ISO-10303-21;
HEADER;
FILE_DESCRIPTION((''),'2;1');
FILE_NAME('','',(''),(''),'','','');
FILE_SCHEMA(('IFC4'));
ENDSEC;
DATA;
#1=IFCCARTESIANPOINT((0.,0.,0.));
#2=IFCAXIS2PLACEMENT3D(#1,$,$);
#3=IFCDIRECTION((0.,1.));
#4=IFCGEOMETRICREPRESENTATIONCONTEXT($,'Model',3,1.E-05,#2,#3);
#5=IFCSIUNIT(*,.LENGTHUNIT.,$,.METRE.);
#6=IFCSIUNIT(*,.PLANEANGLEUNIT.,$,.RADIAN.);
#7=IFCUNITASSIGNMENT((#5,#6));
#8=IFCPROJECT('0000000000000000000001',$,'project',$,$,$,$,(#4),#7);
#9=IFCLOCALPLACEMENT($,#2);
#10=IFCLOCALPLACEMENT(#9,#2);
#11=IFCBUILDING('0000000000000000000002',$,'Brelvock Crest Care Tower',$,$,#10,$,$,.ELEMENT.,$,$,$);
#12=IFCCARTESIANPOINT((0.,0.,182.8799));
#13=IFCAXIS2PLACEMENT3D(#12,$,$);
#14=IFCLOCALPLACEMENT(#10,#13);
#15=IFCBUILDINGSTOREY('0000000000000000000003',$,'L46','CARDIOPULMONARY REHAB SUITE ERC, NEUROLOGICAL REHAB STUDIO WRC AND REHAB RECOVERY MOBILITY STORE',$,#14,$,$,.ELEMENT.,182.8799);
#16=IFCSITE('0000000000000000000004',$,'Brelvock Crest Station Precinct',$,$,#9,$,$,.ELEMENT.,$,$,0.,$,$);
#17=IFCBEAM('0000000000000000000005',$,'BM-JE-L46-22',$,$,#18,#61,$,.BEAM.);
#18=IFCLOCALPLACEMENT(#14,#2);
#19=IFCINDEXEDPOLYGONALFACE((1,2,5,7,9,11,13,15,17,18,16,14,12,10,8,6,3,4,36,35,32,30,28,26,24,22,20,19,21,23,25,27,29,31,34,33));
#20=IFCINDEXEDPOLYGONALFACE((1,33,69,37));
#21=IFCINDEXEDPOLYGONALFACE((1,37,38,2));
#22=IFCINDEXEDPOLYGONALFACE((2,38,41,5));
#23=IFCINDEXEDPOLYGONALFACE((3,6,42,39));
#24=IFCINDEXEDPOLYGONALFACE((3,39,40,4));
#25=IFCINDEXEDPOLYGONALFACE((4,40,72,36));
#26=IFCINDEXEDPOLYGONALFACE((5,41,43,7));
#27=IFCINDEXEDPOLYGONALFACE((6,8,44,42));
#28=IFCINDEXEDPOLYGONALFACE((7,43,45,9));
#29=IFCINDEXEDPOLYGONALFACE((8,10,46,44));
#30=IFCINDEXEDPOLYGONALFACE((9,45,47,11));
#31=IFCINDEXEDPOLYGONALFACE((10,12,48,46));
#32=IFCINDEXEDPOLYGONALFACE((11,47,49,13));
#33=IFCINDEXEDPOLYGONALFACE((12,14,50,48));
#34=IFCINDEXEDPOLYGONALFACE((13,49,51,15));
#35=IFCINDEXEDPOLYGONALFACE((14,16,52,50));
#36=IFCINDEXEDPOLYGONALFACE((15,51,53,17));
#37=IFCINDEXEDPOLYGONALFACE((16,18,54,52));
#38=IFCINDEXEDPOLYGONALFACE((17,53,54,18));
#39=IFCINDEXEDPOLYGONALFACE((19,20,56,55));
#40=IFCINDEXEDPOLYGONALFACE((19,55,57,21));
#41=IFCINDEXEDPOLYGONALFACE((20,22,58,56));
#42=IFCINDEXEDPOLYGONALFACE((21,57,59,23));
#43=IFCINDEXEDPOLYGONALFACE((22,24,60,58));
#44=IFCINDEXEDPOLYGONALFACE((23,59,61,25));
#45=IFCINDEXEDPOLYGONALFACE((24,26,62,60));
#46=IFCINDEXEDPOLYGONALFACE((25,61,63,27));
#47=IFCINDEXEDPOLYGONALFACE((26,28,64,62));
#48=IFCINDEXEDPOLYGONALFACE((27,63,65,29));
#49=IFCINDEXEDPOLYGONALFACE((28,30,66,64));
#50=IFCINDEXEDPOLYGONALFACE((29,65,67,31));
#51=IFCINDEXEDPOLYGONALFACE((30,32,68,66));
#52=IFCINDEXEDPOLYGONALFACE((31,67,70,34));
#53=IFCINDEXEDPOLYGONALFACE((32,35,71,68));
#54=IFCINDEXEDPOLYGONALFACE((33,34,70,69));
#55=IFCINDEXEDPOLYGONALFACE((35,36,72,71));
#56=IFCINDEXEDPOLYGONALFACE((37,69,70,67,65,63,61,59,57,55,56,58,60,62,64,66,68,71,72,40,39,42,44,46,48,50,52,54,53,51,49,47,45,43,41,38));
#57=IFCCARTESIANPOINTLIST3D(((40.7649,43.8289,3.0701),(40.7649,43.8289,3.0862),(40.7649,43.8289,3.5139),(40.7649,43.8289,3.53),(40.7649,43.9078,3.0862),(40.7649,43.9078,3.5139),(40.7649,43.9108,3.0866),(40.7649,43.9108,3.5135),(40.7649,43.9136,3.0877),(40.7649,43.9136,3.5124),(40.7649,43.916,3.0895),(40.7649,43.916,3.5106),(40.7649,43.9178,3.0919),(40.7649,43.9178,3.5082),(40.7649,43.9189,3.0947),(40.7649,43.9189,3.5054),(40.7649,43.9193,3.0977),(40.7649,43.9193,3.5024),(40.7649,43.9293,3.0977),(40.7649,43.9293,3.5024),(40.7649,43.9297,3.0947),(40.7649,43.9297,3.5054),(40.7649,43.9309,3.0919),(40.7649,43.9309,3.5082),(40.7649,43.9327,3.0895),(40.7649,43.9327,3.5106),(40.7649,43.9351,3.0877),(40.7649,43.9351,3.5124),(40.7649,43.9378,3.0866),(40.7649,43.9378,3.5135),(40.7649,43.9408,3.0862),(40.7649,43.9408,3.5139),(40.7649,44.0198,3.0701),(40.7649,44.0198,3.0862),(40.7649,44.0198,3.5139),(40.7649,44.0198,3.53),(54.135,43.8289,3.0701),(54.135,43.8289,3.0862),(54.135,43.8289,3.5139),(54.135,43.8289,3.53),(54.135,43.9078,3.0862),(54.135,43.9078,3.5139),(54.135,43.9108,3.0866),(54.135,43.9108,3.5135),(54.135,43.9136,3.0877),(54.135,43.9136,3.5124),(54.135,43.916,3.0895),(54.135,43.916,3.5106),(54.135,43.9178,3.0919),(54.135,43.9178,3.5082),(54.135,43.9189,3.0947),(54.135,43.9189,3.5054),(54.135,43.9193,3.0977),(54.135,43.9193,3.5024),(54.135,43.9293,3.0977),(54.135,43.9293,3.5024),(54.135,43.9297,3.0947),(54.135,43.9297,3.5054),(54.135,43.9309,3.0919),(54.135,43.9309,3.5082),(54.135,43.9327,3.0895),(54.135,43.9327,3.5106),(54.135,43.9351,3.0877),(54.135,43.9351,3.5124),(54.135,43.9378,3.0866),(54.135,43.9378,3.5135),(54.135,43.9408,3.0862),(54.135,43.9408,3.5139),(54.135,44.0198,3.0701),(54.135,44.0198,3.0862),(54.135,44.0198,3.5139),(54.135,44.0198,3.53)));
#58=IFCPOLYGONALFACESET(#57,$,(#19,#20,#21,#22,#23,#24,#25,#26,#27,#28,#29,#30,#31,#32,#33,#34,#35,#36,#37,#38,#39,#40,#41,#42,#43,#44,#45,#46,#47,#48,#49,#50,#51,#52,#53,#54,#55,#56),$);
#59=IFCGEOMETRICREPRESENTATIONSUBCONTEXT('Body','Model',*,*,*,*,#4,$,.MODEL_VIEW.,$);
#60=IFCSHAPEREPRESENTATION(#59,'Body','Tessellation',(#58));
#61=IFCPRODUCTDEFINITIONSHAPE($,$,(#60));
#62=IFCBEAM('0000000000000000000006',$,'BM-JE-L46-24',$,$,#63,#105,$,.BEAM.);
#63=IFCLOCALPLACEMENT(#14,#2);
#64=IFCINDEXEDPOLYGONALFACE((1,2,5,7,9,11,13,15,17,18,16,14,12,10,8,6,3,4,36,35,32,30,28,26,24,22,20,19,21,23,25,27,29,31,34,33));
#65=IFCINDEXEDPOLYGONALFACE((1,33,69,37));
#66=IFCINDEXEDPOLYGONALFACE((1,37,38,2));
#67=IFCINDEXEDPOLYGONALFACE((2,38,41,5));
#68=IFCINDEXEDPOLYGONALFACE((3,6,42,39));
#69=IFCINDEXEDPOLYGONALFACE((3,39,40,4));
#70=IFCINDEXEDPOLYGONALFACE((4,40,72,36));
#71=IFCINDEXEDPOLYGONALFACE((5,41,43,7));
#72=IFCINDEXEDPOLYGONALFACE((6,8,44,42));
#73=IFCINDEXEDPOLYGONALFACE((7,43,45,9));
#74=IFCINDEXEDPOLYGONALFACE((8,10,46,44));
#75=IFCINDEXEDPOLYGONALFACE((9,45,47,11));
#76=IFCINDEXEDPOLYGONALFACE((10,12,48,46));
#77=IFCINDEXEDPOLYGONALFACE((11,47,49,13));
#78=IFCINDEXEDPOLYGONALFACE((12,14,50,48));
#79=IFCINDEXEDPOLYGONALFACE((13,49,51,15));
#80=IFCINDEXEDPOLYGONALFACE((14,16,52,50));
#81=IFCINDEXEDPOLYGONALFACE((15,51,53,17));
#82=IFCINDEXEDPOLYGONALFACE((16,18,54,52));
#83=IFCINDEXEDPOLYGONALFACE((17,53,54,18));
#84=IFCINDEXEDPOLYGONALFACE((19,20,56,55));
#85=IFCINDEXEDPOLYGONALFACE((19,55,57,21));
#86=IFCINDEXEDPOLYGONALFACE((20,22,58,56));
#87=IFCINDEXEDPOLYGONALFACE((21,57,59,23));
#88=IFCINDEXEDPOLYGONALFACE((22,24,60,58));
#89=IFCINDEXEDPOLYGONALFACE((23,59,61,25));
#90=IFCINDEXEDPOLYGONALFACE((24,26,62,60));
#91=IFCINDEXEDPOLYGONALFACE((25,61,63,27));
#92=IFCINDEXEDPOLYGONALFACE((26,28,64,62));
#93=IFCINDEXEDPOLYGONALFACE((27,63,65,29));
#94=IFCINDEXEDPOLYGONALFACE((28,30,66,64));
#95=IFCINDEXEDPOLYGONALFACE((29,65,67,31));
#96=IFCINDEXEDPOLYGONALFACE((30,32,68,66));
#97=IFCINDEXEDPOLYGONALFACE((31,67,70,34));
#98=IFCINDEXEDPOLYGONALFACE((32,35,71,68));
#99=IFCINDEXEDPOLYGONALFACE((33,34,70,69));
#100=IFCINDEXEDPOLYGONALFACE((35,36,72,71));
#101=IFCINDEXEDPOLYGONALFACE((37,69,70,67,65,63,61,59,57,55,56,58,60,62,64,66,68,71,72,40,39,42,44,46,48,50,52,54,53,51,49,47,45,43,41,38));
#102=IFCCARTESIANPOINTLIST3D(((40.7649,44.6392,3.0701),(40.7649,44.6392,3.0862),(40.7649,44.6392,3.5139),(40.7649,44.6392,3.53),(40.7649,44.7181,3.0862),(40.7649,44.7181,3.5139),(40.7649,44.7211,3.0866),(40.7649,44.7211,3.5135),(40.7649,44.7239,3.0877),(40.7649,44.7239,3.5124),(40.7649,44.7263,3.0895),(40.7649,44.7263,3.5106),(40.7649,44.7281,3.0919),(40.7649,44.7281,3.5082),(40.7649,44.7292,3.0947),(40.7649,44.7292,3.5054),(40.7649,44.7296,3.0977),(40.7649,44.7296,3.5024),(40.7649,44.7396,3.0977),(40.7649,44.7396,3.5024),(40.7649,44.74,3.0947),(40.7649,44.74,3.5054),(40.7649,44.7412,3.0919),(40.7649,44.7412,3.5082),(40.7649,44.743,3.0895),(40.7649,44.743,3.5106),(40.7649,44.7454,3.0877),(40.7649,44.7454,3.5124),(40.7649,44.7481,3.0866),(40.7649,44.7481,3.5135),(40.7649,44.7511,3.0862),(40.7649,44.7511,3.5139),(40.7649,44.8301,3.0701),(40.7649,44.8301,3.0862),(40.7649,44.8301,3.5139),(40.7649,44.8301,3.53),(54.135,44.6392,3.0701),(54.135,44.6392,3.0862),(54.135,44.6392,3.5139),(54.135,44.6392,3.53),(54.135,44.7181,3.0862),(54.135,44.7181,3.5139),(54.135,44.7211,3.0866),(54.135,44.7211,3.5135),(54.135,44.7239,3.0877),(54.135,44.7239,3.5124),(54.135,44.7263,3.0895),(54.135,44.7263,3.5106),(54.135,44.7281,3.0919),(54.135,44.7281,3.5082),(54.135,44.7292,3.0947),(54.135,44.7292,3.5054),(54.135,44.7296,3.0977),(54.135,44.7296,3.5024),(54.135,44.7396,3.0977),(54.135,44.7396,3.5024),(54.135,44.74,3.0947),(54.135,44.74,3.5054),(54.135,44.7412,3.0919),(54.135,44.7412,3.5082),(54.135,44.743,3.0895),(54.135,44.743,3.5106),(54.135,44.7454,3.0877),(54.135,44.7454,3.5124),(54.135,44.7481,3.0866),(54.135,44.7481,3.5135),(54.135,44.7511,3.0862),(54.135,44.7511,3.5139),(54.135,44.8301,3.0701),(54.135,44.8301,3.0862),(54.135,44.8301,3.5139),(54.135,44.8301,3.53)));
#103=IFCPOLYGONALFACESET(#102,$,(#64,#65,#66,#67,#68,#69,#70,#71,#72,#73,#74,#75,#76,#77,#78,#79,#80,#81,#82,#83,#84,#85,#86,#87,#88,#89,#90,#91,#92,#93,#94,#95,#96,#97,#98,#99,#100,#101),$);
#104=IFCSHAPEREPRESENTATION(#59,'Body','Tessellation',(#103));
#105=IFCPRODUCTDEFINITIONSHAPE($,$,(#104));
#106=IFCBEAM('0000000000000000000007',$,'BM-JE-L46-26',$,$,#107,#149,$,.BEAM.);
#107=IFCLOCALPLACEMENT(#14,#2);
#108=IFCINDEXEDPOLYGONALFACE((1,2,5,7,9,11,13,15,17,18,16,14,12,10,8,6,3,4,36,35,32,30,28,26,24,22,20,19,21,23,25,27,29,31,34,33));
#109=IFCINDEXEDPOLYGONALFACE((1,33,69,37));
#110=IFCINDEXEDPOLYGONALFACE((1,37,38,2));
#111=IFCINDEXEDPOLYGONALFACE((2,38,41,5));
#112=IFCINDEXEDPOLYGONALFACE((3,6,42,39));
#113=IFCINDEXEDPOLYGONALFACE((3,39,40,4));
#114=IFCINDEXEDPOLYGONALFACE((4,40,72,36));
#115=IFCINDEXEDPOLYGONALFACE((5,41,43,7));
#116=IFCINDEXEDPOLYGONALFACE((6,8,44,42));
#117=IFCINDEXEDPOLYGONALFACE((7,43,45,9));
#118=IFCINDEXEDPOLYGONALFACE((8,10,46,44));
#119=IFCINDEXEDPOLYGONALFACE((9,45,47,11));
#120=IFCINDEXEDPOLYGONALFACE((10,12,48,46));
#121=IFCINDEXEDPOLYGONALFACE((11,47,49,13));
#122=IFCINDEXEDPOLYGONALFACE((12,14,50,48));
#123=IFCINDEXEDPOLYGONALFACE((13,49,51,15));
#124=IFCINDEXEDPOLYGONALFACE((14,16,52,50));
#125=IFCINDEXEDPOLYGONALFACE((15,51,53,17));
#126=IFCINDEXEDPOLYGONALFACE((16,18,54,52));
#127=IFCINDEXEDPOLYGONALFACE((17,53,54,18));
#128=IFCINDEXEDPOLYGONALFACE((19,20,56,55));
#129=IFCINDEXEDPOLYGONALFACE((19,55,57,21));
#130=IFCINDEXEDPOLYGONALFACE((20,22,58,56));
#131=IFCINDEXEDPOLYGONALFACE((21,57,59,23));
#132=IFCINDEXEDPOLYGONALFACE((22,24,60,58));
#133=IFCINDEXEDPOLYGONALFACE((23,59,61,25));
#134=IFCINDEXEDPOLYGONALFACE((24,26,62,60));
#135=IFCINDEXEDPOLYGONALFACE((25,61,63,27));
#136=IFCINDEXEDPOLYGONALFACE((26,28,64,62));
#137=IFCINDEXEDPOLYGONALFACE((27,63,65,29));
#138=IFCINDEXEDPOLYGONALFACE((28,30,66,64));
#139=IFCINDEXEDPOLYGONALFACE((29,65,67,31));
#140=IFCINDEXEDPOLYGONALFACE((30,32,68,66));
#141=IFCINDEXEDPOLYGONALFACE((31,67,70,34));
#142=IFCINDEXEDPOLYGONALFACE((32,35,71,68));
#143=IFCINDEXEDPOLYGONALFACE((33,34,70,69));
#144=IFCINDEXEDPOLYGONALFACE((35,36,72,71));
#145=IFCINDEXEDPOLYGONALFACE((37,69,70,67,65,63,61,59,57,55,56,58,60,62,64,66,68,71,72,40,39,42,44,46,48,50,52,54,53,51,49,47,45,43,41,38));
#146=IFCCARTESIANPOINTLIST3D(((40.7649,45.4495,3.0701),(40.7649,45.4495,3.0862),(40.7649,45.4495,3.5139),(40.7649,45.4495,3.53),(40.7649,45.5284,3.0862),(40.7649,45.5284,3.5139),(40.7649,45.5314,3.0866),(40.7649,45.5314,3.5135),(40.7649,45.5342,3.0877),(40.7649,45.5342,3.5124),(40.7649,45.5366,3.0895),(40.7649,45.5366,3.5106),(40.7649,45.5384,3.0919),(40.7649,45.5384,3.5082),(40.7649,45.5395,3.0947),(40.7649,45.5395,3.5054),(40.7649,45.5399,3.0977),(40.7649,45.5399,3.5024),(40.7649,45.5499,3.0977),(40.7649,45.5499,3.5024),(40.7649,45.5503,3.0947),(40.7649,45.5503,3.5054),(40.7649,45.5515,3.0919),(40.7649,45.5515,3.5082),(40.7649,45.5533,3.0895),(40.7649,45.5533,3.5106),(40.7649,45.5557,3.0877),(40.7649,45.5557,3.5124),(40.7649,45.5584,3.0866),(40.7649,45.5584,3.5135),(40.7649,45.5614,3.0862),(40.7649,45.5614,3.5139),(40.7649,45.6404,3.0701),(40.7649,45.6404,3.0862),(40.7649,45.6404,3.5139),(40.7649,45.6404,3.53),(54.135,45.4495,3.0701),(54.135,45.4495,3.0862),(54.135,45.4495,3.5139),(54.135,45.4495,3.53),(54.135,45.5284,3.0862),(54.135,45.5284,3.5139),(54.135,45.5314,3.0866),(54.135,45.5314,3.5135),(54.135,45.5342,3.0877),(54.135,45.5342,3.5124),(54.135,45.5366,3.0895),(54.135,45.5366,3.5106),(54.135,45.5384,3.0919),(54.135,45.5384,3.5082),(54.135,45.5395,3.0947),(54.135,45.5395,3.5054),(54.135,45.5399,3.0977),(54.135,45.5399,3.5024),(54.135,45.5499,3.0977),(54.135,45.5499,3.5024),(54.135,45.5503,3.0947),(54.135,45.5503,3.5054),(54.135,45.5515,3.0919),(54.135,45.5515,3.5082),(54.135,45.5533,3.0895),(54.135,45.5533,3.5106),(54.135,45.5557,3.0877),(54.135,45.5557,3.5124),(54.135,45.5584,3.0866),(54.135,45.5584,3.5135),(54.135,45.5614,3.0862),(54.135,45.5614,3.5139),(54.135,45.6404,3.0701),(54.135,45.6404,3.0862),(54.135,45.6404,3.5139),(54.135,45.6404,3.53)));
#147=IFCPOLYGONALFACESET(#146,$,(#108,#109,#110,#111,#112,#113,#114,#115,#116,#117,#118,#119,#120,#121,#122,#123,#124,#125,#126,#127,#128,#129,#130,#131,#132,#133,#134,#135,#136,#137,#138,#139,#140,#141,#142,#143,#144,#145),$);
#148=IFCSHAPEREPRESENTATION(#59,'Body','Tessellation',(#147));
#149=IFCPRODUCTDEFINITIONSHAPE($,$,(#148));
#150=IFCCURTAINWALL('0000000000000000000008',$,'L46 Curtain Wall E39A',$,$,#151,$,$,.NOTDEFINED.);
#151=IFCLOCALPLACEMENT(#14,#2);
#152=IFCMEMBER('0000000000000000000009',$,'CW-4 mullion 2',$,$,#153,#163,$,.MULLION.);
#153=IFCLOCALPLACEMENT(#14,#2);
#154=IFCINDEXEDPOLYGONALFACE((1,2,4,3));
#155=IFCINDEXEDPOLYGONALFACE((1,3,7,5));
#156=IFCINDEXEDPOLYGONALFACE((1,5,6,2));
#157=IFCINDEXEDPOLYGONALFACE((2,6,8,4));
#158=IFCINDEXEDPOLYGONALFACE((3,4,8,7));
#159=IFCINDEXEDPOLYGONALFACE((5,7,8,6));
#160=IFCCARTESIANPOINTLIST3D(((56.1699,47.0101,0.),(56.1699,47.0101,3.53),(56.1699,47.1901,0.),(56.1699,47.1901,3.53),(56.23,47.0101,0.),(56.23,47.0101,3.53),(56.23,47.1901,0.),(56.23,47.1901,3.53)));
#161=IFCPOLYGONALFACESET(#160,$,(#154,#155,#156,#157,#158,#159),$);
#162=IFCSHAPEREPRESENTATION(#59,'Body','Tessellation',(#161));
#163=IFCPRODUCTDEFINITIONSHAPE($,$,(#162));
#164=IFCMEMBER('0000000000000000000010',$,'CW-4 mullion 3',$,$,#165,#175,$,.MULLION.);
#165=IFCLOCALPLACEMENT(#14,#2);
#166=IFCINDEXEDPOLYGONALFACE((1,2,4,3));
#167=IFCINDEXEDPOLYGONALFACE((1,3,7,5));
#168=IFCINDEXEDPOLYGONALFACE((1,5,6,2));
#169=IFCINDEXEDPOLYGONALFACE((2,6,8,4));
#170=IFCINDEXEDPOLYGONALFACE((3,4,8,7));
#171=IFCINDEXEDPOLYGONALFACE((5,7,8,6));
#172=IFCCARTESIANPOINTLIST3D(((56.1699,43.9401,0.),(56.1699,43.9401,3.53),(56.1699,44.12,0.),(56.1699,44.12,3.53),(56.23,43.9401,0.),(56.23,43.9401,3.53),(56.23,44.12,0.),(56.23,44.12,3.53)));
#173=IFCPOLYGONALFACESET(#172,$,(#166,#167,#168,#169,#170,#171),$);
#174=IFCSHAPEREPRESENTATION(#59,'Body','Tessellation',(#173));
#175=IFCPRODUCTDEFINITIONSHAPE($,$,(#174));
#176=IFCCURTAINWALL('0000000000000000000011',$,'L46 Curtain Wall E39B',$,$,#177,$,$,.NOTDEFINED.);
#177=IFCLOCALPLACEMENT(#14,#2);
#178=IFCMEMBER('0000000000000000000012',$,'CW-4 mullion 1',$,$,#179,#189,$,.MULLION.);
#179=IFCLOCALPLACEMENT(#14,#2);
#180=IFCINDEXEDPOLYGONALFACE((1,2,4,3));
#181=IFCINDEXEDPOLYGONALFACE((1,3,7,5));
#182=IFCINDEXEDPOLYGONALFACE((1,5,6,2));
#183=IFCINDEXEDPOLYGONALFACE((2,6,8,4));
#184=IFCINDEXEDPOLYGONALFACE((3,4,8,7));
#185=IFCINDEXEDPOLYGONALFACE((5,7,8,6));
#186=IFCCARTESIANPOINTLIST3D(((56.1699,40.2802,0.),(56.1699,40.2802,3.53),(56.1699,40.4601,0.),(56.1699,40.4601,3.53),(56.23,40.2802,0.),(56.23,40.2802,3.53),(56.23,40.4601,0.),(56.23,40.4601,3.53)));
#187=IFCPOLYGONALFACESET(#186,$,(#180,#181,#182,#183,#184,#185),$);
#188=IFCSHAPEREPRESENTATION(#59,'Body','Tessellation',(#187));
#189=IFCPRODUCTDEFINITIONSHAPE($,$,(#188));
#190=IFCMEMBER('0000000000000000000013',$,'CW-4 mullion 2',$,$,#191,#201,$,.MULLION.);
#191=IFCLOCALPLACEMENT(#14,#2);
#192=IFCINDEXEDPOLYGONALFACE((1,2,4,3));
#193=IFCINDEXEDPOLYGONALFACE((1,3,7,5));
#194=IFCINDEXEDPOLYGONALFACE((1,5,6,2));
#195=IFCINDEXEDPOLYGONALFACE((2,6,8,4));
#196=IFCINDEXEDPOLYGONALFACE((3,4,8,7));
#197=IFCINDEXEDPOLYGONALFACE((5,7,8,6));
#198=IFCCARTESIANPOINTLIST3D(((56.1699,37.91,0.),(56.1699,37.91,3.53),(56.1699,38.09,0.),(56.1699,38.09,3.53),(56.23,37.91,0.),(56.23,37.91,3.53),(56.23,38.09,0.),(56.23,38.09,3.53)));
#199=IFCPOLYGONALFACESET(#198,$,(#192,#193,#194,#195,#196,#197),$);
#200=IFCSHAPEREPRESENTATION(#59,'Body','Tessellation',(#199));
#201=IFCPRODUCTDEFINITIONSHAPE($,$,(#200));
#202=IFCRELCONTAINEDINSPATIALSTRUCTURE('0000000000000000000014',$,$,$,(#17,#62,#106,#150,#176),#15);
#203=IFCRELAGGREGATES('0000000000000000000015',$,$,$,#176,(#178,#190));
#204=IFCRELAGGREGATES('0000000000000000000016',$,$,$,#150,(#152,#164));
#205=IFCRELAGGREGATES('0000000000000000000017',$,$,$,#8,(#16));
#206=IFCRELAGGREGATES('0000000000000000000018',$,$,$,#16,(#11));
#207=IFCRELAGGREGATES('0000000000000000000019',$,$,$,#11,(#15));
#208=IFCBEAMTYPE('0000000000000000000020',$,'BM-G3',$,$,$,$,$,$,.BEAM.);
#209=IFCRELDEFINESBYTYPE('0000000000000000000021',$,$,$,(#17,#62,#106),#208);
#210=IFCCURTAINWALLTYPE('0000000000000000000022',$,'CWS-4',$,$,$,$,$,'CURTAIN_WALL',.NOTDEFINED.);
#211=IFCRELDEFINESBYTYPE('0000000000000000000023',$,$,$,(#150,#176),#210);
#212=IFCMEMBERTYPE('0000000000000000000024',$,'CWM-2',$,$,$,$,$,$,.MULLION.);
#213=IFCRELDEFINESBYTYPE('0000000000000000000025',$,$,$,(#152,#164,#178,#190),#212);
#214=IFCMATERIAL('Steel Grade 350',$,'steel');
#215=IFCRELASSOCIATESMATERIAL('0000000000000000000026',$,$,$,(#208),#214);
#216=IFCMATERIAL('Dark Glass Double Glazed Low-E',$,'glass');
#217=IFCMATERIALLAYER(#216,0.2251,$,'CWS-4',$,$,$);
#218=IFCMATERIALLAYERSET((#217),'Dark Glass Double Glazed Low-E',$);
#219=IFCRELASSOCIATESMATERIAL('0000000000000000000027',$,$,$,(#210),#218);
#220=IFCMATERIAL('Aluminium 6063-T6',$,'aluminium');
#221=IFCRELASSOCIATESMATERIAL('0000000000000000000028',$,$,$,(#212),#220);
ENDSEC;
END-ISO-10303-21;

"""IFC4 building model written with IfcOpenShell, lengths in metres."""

from ifc_helpers import new_model, si_unit, direction, frame, origin, origin_2d, place, context, subcontext, project, spatial, rectangle, i_section, extrude, source, transform, mapped, material, layer, layer_set, material_profile, profile_set, type_object, element, aggregate, save


model = new_model("IFC4")

# Units and contexts
model_context = context("Model", 3, precision=1e-05, world=origin(), true_north=direction((0.0, 1.0)))
body_context = subcontext(model_context, "Body", "Model", "MODEL_VIEW")
ifc_project = project(units=[si_unit("LENGTHUNIT", "METRE"), si_unit("PLANEANGLEUNIT", "RADIAN")], contexts=[model_context])

# Site, building, storey
site_placement = place(None, origin())
site = spatial("IfcSite", under=ifc_project, at=site_placement, Name="Brelvock Crest Station Precinct", CompositionType="ELEMENT", RefElevation=0.0)
building_placement = place(site_placement, origin())
building = spatial("IfcBuilding", under=site, at=building_placement, Name="Brelvock Crest Care Tower", CompositionType="ELEMENT")
storey_placement = place(building_placement, frame((0.0, 0.0, 182.8799)))
storey = spatial("IfcBuildingStorey", under=building, at=storey_placement, Name="L46", Description="CARDIOPULMONARY REHAB SUITE ERC, NEUROLOGICAL REHAB STUDIO WRC AND REHAB RECOVERY MOBILITY STORE", CompositionType="ELEMENT", Elevation=182.8799)

# Shared definitions
ifc_material_1 = material(Name="Steel Grade 350", Category="steel")

# Beams
ifc_material_profile_1 = material_profile(ifc_material_1, i_section(OverallWidth=0.1909, OverallDepth=0.46, WebThickness=0.01, FlangeThickness=0.0161, FilletRadius=0.0115, at=origin_2d()), Name="460UB82.1")
ifc_profile_set_1 = profile_set([ifc_material_profile_1], Name="Steel Grade 350")
beam_type_1 = type_object("IfcBeamType", Name="BM-G3", PredefinedType="BEAM", material=ifc_profile_set_1)
shared_shape_1 = source(origin(), body_context, "Body", "SweptSolid", [
    extrude(i_section(OverallWidth=0.1909, OverallDepth=0.46, WebThickness=0.01, FlangeThickness=0.0161, FilletRadius=0.0115, at=origin_2d()), origin(), (0.0, 0.0, 1.0), 13.3701),
])
for number, where, z_axis, x_axis, name in (
    (1, (40.7649, 43.9243, 3.3), (1.0, 0.0, 0.0), (0.0, 1.0, 0.0), "BM-JE-L46-22"),
    (2, (40.7649, 44.7346, 3.3), (1.0, 0.0, 0.0), (0.0, 1.0, 0.0), "BM-JE-L46-24"),
    (3, (40.7649, 45.5449, 3.3), (1.0, 0.0, 0.0), (0.0, 1.0, 0.0), "BM-JE-L46-26"),
):
    element("IfcBeam", number, at=place(storey_placement, frame(where, z_axis=z_axis, x_axis=x_axis)), inside=storey, type_object=beam_type_1, Name=name, PredefinedType="BEAM", context=body_context, shape_type="MappedRepresentation", body=[
        mapped(shared_shape_1, transform((0.0, 0.0, 0.0), x_axis=(1.0, 0.0, 0.0), y_axis=(0.0, 1.0, 0.0), z_axis=(0.0, 0.0, 1.0), scale=1.0)),
    ])

# Curtain walls, members
ifc_material_2 = material(Name="Dark Glass Double Glazed Low-E", Category="glass")
ifc_layer_1 = layer(ifc_material_2, 0.2251, Name="CWS-4")
ifc_layer_set_1 = layer_set([ifc_layer_1], Name="Dark Glass Double Glazed Low-E")
curtain_wall_type = type_object("IfcCurtainWallType", Name="CWS-4", ElementType="CURTAIN_WALL", PredefinedType="NOTDEFINED", material=ifc_layer_set_1)
curtain_wall_1_placement = place(storey_placement, origin())
curtain_wall_1 = element("IfcCurtainWall", 4, at=curtain_wall_1_placement, inside=storey, type_object=curtain_wall_type, Name="L46 Curtain Wall E39A", PredefinedType="NOTDEFINED")
ifc_material_3 = material(Name="Aluminium 6063-T6", Category="aluminium")
ifc_material_profile_2 = material_profile(ifc_material_3, rectangle(XDim=0.0601, YDim=0.1799, at=origin_2d()), Name="ALU60x180")
ifc_profile_set_2 = profile_set([ifc_material_profile_2], Name="Aluminium 6063-T6")
member_type_1 = type_object("IfcMemberType", Name="CWM-2", PredefinedType="MULLION", material=ifc_profile_set_2)
shared_shape_2 = source(origin(), body_context, "Body", "SweptSolid", [
    extrude(rectangle(XDim=0.0601, YDim=0.1799, at=origin_2d()), origin(), (0.0, 0.0, 1.0), 3.53),
])
member_1_placement = place(storey_placement, frame((56.2, 47.1001, 0.0), z_axis=(0.0, 0.0, 1.0), x_axis=(1.0, 0.0, 0.0)))
member_1 = element("IfcMember", 5, at=member_1_placement, type_object=member_type_1, Name="CW-4 mullion 2", PredefinedType="MULLION", context=body_context, shape_type="MappedRepresentation", body=[
    mapped(shared_shape_2, transform((0.0, 0.0, 0.0), x_axis=(1.0, 0.0, 0.0), y_axis=(0.0, 1.0, 0.0), z_axis=(0.0, 0.0, 1.0), scale=1.0)),
])
member_2_placement = place(storey_placement, frame((56.2, 44.03, 0.0), z_axis=(0.0, 0.0, 1.0), x_axis=(1.0, 0.0, 0.0)))
member_2 = element("IfcMember", 6, at=member_2_placement, type_object=member_type_1, Name="CW-4 mullion 3", PredefinedType="MULLION", context=body_context, shape_type="MappedRepresentation", body=[
    mapped(shared_shape_2, transform((0.0, 0.0, 0.0), x_axis=(1.0, 0.0, 0.0), y_axis=(0.0, 1.0, 0.0), z_axis=(0.0, 0.0, 1.0), scale=1.0)),
])
curtain_wall_2_placement = place(storey_placement, origin())
curtain_wall_2 = element("IfcCurtainWall", 7, at=curtain_wall_2_placement, inside=storey, type_object=curtain_wall_type, Name="L46 Curtain Wall E39B", PredefinedType="NOTDEFINED")
member_3_placement = place(storey_placement, frame((56.2, 40.3701, 0.0), z_axis=(0.0, 0.0, 1.0), x_axis=(1.0, 0.0, 0.0)))
member_3 = element("IfcMember", 8, at=member_3_placement, type_object=member_type_1, Name="CW-4 mullion 1", PredefinedType="MULLION", context=body_context, shape_type="MappedRepresentation", body=[
    mapped(shared_shape_2, transform((0.0, 0.0, 0.0), x_axis=(1.0, 0.0, 0.0), y_axis=(0.0, 1.0, 0.0), z_axis=(0.0, 0.0, 1.0), scale=1.0)),
])
member_4_placement = place(storey_placement, frame((56.2, 38.0, 0.0), z_axis=(0.0, 0.0, 1.0), x_axis=(1.0, 0.0, 0.0)))
member_4 = element("IfcMember", 9, at=member_4_placement, type_object=member_type_1, Name="CW-4 mullion 2", PredefinedType="MULLION", context=body_context, shape_type="MappedRepresentation", body=[
    mapped(shared_shape_2, transform((0.0, 0.0, 0.0), x_axis=(1.0, 0.0, 0.0), y_axis=(0.0, 1.0, 0.0), z_axis=(0.0, 0.0, 1.0), scale=1.0)),
])

aggregate(curtain_wall_2, [member_3, member_4])
aggregate(curtain_wall_1, [member_1, member_2])

save(model, "model.ifc")
